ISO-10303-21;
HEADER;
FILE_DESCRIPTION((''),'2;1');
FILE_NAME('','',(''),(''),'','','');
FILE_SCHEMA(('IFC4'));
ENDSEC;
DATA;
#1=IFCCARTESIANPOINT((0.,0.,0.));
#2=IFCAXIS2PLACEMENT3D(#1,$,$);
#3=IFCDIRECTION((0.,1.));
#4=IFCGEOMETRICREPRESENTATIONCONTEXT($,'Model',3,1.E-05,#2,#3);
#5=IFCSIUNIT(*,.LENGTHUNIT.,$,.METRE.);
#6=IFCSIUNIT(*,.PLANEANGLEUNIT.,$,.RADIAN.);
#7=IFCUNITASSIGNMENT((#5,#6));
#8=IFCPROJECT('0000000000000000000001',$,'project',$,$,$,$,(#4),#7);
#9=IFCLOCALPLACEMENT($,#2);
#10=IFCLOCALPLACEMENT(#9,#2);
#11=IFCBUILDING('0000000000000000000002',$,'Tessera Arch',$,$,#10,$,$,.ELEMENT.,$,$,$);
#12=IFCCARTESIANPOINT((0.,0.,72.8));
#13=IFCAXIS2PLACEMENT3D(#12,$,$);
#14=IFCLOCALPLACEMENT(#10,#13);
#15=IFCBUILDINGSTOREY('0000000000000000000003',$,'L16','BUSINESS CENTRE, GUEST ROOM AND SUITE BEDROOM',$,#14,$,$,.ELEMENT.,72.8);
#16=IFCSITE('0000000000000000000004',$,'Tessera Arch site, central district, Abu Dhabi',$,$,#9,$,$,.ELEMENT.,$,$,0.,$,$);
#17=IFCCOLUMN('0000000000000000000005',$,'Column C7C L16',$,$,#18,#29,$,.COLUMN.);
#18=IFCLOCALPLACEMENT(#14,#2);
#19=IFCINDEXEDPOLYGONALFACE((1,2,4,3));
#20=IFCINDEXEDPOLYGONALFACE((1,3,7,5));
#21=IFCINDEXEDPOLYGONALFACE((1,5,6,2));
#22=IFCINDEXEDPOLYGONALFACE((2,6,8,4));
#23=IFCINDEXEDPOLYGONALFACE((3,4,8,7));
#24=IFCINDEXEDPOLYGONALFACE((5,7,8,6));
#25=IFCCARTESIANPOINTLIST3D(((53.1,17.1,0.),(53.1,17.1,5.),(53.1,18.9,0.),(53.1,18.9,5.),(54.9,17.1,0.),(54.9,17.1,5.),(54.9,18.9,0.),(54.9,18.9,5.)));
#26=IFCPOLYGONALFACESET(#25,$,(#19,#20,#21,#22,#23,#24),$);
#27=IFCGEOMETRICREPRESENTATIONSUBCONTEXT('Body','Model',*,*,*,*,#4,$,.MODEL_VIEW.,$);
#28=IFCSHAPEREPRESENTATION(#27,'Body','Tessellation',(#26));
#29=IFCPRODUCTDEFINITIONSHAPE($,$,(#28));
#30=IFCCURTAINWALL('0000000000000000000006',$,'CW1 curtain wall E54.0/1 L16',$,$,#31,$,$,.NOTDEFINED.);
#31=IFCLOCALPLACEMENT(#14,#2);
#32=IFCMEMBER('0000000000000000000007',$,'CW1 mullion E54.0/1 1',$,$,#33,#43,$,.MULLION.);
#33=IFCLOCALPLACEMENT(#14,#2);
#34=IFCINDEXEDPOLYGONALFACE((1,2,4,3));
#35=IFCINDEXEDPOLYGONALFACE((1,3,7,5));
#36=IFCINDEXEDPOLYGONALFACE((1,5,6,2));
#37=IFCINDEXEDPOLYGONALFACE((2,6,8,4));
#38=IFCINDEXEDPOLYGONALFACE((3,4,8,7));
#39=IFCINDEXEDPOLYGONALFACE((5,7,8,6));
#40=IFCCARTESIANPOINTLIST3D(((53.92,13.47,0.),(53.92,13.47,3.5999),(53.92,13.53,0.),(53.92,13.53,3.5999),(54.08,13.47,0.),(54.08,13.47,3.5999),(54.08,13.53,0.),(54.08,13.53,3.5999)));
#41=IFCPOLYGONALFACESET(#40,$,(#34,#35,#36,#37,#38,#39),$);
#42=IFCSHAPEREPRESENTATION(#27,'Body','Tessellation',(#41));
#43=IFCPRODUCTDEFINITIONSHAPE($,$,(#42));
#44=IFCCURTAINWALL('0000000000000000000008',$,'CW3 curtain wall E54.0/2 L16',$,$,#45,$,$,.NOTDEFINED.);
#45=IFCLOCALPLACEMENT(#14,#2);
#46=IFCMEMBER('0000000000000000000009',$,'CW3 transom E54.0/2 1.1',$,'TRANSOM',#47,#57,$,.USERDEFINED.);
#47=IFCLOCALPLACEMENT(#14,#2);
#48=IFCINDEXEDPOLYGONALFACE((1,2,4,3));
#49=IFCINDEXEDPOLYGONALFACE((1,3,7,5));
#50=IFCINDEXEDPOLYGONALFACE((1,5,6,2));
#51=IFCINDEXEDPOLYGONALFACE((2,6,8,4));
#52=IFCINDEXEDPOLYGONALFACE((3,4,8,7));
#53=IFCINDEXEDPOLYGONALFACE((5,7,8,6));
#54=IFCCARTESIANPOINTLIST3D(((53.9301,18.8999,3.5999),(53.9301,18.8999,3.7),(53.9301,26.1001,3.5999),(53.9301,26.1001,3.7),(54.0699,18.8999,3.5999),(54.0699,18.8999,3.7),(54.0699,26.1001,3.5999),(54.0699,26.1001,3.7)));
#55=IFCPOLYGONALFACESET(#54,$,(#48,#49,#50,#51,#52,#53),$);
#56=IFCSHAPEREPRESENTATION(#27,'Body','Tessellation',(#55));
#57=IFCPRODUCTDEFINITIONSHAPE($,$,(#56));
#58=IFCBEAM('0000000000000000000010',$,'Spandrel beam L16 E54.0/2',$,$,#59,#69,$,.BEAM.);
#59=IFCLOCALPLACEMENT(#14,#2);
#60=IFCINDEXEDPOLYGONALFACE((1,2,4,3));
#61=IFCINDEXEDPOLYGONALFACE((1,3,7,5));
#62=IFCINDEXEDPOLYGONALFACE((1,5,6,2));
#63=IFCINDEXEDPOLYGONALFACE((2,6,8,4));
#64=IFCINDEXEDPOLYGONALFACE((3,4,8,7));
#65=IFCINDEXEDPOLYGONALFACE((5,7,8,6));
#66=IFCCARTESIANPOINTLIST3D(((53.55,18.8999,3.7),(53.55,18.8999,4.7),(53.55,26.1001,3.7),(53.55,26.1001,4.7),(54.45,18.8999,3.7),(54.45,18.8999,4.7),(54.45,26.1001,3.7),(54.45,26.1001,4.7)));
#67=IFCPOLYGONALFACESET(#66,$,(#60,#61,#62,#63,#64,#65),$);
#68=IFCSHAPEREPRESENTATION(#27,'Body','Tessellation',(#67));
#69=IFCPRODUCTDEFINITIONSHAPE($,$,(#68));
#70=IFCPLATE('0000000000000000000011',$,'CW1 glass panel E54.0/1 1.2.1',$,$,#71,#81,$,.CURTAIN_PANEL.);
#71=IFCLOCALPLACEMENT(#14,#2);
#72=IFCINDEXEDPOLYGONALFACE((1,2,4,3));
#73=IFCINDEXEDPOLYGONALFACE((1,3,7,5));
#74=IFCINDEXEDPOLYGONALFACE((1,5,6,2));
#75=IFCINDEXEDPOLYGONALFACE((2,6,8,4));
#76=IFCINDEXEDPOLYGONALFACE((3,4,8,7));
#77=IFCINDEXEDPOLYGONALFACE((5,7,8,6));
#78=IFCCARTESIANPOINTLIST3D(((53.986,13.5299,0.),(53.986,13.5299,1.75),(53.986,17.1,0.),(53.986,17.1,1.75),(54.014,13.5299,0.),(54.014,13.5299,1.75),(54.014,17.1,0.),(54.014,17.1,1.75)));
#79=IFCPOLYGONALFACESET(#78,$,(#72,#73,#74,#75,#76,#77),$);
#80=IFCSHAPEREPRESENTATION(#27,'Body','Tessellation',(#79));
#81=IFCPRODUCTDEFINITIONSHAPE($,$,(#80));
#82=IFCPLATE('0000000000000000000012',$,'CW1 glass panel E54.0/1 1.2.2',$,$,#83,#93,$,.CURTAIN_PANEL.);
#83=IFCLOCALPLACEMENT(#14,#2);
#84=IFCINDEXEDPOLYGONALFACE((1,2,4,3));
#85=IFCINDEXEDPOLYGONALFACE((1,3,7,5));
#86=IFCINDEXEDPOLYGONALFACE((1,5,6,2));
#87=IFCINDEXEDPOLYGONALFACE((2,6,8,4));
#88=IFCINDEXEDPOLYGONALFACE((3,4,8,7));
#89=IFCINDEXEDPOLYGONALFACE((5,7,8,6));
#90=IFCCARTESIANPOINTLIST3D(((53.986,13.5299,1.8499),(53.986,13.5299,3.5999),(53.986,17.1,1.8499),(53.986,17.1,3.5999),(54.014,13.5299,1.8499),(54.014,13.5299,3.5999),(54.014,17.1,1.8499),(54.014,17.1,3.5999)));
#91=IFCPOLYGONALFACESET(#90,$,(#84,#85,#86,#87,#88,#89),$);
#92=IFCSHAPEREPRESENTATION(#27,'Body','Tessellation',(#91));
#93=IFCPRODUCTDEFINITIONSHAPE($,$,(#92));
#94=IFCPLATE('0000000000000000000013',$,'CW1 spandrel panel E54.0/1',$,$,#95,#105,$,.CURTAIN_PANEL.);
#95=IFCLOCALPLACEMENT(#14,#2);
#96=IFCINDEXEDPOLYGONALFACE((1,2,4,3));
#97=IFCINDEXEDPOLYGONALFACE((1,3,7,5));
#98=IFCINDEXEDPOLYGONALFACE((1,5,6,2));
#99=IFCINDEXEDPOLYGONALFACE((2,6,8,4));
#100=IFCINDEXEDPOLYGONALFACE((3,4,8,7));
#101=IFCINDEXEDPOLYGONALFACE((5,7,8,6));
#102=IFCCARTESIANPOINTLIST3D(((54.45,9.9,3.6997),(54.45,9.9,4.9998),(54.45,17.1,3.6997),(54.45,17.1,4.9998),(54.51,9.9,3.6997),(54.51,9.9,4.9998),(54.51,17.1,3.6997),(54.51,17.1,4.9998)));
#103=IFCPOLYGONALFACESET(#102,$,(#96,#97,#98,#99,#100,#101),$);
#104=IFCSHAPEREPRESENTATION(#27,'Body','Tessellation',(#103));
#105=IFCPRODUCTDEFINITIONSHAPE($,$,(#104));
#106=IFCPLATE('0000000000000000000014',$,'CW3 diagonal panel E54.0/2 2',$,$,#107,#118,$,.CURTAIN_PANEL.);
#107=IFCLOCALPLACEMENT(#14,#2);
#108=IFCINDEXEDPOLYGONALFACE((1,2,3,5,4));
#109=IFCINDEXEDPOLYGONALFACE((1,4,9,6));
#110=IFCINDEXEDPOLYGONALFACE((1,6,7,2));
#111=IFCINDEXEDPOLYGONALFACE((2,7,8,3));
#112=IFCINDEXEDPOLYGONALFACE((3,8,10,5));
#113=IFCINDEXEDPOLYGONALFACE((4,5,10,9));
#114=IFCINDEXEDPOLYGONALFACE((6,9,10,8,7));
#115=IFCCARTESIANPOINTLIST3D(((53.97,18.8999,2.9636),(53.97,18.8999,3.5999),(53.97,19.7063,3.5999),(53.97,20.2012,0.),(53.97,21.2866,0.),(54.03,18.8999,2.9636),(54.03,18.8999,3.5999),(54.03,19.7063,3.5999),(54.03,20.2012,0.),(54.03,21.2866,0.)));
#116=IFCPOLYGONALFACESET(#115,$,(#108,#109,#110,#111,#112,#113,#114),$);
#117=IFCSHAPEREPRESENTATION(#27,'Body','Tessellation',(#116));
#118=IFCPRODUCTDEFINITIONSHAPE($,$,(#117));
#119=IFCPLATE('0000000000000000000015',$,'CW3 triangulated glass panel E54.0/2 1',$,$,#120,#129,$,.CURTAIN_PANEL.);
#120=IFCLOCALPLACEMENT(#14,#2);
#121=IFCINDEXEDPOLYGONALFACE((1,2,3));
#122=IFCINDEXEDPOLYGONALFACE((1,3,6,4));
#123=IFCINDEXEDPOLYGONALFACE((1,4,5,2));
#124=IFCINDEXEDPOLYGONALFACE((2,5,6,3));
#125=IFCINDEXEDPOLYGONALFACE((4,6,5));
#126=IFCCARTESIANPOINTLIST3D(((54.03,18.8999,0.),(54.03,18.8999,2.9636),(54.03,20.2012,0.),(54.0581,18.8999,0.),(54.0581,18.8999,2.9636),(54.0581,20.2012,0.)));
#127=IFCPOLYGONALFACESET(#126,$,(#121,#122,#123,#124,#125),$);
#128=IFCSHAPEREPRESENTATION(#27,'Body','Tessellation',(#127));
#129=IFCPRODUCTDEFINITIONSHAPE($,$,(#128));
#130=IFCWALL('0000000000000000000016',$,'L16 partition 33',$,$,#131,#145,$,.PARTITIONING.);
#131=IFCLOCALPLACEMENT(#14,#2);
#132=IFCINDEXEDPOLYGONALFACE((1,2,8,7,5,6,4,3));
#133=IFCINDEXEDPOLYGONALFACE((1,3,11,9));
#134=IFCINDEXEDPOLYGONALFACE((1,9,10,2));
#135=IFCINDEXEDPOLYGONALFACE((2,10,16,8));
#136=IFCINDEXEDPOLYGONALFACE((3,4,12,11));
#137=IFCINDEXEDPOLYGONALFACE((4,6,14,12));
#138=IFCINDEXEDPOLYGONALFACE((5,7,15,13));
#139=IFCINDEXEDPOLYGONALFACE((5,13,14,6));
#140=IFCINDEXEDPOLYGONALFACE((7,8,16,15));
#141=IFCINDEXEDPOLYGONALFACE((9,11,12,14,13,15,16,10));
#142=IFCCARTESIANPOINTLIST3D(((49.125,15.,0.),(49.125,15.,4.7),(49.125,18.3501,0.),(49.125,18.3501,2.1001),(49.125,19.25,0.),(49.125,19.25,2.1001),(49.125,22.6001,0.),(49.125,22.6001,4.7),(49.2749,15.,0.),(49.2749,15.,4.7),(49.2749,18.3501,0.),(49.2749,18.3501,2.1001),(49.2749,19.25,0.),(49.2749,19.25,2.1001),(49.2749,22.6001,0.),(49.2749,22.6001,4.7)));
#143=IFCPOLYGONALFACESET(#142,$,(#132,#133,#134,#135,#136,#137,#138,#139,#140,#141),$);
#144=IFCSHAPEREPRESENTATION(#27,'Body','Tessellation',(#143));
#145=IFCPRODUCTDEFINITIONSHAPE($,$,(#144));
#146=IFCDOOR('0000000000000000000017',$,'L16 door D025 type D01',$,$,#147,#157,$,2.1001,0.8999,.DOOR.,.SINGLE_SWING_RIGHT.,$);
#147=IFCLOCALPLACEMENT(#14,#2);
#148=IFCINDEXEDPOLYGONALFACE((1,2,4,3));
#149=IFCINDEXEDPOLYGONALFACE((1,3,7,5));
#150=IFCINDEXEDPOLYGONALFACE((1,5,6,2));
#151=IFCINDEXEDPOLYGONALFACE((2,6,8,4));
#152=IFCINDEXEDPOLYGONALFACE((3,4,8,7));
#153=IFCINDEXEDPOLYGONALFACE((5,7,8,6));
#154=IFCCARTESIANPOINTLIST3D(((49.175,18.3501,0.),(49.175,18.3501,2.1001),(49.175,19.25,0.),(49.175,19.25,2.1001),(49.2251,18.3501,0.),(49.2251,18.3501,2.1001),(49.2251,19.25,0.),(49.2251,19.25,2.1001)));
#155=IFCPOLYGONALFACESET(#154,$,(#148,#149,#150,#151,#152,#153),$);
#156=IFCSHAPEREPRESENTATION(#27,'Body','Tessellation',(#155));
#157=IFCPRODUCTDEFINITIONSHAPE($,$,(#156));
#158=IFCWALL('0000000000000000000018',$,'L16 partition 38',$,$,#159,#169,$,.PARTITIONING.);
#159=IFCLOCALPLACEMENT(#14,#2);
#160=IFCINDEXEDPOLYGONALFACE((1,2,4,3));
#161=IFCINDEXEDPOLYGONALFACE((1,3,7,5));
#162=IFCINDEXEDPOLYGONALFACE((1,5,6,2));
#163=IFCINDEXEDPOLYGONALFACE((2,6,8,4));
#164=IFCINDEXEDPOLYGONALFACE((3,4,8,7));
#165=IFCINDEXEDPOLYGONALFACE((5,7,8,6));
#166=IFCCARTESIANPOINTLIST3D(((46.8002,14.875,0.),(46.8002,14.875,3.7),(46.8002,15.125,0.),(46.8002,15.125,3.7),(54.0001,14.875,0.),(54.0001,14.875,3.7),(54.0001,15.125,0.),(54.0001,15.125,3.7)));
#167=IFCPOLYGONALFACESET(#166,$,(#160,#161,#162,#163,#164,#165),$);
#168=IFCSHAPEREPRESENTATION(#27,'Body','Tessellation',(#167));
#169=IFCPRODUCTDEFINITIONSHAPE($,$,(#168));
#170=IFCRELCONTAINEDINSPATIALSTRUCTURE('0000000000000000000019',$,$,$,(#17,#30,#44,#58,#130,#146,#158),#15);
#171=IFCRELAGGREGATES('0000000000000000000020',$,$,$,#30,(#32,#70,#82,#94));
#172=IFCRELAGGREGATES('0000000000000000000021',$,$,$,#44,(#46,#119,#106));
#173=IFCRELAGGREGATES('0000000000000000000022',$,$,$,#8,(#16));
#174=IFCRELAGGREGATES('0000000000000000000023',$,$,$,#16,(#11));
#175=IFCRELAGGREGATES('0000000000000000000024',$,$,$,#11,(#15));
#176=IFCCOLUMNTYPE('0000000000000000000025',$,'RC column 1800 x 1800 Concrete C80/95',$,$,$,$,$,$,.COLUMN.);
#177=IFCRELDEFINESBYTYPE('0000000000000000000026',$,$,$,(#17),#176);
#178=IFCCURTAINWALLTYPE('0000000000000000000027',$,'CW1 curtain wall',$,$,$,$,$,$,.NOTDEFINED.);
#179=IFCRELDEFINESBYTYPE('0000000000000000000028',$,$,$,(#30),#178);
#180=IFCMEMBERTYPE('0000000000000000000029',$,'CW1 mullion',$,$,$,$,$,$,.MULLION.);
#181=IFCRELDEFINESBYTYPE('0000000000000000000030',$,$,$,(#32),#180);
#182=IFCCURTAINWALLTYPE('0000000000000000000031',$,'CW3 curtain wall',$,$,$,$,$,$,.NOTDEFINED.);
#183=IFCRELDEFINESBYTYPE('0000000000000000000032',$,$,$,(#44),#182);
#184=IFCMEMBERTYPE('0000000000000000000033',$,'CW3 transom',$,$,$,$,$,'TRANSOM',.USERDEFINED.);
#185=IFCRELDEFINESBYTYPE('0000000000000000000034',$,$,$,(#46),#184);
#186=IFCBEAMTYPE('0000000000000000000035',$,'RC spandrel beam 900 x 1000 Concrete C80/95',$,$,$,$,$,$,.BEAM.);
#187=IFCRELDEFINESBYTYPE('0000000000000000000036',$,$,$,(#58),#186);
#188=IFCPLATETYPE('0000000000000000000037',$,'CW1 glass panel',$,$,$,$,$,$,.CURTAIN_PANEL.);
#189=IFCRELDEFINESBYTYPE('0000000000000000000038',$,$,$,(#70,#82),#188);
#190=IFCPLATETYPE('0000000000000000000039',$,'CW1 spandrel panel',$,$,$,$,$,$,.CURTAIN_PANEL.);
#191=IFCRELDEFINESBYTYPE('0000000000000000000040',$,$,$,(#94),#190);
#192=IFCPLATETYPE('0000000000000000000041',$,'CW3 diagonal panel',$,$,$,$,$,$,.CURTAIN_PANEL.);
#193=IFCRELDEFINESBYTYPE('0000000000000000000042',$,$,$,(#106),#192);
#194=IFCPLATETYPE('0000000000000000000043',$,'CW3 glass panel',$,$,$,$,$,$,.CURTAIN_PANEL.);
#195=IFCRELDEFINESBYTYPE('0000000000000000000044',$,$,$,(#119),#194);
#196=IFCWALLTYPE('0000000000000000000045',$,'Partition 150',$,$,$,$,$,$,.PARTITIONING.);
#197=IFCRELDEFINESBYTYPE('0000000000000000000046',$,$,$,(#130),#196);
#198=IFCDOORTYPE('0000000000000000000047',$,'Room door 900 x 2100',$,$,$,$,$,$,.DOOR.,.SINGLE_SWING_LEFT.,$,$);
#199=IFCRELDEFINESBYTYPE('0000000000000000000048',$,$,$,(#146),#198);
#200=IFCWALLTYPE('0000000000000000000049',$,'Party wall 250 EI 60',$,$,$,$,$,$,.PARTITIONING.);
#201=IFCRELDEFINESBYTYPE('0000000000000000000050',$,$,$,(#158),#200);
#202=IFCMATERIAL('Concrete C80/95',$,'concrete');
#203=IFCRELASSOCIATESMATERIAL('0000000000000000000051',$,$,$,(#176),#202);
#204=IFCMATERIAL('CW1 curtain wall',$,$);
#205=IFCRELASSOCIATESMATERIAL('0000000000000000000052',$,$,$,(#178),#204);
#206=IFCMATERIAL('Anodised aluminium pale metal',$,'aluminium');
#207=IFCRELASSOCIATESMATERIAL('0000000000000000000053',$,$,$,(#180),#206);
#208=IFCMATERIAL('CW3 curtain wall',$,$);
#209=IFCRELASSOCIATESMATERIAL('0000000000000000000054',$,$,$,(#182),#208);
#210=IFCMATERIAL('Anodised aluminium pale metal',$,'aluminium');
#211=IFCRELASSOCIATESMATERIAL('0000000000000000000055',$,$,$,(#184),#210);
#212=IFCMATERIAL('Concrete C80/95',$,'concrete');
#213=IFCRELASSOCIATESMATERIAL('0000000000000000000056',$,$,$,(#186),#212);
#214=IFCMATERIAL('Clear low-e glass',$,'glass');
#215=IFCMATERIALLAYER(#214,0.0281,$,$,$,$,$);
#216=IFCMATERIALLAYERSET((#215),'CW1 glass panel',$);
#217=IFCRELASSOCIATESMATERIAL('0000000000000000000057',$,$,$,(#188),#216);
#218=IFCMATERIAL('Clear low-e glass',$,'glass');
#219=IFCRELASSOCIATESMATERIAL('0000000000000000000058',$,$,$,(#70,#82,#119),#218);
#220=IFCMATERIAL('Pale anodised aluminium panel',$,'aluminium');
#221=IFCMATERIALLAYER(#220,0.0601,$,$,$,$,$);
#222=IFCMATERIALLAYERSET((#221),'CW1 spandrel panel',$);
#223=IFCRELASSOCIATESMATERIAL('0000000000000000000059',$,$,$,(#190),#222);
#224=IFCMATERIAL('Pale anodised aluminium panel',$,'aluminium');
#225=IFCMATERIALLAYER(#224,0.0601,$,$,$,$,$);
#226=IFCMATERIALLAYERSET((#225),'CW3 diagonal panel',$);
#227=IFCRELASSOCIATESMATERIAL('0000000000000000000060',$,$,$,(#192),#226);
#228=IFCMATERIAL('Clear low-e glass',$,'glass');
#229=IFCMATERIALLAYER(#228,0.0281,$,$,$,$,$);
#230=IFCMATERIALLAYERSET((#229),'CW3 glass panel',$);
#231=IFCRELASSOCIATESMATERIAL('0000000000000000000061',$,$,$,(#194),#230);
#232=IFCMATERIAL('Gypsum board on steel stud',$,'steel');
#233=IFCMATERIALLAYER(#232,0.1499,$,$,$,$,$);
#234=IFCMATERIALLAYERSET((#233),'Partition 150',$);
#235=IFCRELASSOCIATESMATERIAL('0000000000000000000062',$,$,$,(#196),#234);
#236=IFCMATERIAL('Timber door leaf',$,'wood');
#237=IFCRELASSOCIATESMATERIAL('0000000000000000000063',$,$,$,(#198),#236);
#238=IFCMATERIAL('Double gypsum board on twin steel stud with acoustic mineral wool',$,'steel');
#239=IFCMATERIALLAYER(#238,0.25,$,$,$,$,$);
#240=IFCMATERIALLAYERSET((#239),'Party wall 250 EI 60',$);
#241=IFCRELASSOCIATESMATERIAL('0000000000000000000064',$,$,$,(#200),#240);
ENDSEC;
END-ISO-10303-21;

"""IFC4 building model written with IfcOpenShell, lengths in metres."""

from ifc_helpers import new_model, si_unit, direction, frame, frame_2d, origin, origin_2d, place, context, subcontext, project, spatial, polyline, rectangle, outline, extrude, material, layer, layer_set, material_profile, profile_set, type_object, element, fill, aggregate, save


model = new_model("IFC4")

# Units and contexts
model_context = context("Model", 3, precision=1e-05, world=origin(), true_north=direction((0.0, 1.0)))
body_context = subcontext(model_context, "Body", "Model", "MODEL_VIEW")
ifc_project = project(units=[si_unit("LENGTHUNIT", "METRE"), si_unit("PLANEANGLEUNIT", "RADIAN")], contexts=[model_context])

# Site, building, storey
site_placement = place(None, origin())
site = spatial("IfcSite", under=ifc_project, at=site_placement, Name="Tessera Arch site, central district, Abu Dhabi", CompositionType="ELEMENT", RefElevation=0.0)
building_placement = place(site_placement, origin())
building = spatial("IfcBuilding", under=site, at=building_placement, Name="Tessera Arch", CompositionType="ELEMENT")
storey_placement = place(building_placement, frame((0.0, 0.0, 72.8)))
storey = spatial("IfcBuildingStorey", under=building, at=storey_placement, Name="L16", Description="BUSINESS CENTRE, GUEST ROOM AND SUITE BEDROOM", CompositionType="ELEMENT", Elevation=72.8)

# Column
ifc_material_1 = material(Name="Concrete C80/95", Category="concrete")
ifc_material_profile_1 = material_profile(ifc_material_1, rectangle(XDim=1.8, YDim=1.8, at=origin_2d()), Name="RC column 1800 x 1800 Concrete C80/95")
ifc_profile_set_1 = profile_set([ifc_material_profile_1], Name="Concrete C80/95")
column_type = type_object("IfcColumnType", Name="RC column 1800 x 1800 Concrete C80/95", PredefinedType="COLUMN", material=ifc_profile_set_1)
column_placement = place(storey_placement, frame((54.0, 18.0, 0.0), z_axis=(0.0, 0.0, 1.0), x_axis=(1.0, 0.0, 0.0)))
element("IfcColumn", 1, at=column_placement, inside=storey, type_object=column_type, Name="Column C7C L16", PredefinedType="COLUMN", context=body_context, shape_type="SweptSolid", body=[
    extrude(rectangle(XDim=1.8, YDim=1.8, at=origin_2d()), origin(), (0.0, 0.0, 1.0), 5.0),
])

# Curtain walls, members
ifc_material_2 = material(Name="CW1 curtain wall")
curtain_wall_type_1 = type_object("IfcCurtainWallType", Name="CW1 curtain wall", PredefinedType="NOTDEFINED", material=ifc_material_2)
curtain_wall_1_placement = place(storey_placement, origin())
curtain_wall_1 = element("IfcCurtainWall", 2, at=curtain_wall_1_placement, inside=storey, type_object=curtain_wall_type_1, Name="CW1 curtain wall E54.0/1 L16", PredefinedType="NOTDEFINED")
ifc_material_3 = material(Name="Anodised aluminium pale metal", Category="aluminium")
ifc_material_profile_2 = material_profile(ifc_material_3, rectangle(XDim=0.1599, YDim=0.0601, at=origin_2d()), Name="AL 60x160")
ifc_profile_set_2 = profile_set([ifc_material_profile_2], Name="Anodised aluminium pale metal")
member_type_1 = type_object("IfcMemberType", Name="CW1 mullion", PredefinedType="MULLION", material=ifc_profile_set_2)
member_1_placement = place(storey_placement, frame((54.0, 13.5, 0.0), z_axis=(0.0, 0.0, 1.0), x_axis=(-1.0, 0.0, 0.0)))
member_1 = element("IfcMember", 3, at=member_1_placement, type_object=member_type_1, Name="CW1 mullion E54.0/1 1", PredefinedType="MULLION", context=body_context, shape_type="SweptSolid", body=[
    extrude(rectangle(XDim=0.1599, YDim=0.0601, at=origin_2d()), origin(), (0.0, 0.0, 1.0), 3.5999),
])
ifc_material_4 = material(Name="CW3 curtain wall")
curtain_wall_type_2 = type_object("IfcCurtainWallType", Name="CW3 curtain wall", PredefinedType="NOTDEFINED", material=ifc_material_4)
curtain_wall_2_placement = place(storey_placement, origin())
curtain_wall_2 = element("IfcCurtainWall", 4, at=curtain_wall_2_placement, inside=storey, type_object=curtain_wall_type_2, Name="CW3 curtain wall E54.0/2 L16", PredefinedType="NOTDEFINED")
ifc_material_5 = material(Name="Anodised aluminium pale metal", Category="aluminium")
ifc_material_profile_3 = material_profile(ifc_material_5, rectangle(XDim=0.1399, YDim=0.1001, at=origin_2d()), Name="AL 140x100")
ifc_profile_set_3 = profile_set([ifc_material_profile_3], Name="Anodised aluminium pale metal")
member_type_2 = type_object("IfcMemberType", Name="CW3 transom", ElementType="TRANSOM", PredefinedType="USERDEFINED", material=ifc_profile_set_3)
member_2_placement = place(storey_placement, frame((54.0, 18.8999, 3.6499), z_axis=(0.0, 1.0, 0.0), x_axis=(-1.0, 0.0, 0.0)))
member_2 = element("IfcMember", 5, at=member_2_placement, type_object=member_type_2, Name="CW3 transom E54.0/2 1.1", ObjectType="TRANSOM", PredefinedType="USERDEFINED", context=body_context, shape_type="SweptSolid", body=[
    extrude(rectangle(XDim=0.1399, YDim=0.1001, at=origin_2d()), origin(), (0.0, 0.0, 1.0), 7.2002),
])

# Beam
ifc_material_6 = material(Name="Concrete C80/95", Category="concrete")
ifc_material_profile_4 = material_profile(ifc_material_6, rectangle(XDim=0.8999, YDim=1.0, at=origin_2d()), Name="RC spandrel beam 900 x 1000 Concrete C80/95")
ifc_profile_set_4 = profile_set([ifc_material_profile_4], Name="Concrete C80/95")
beam_type = type_object("IfcBeamType", Name="RC spandrel beam 900 x 1000 Concrete C80/95", PredefinedType="BEAM", material=ifc_profile_set_4)
beam_placement = place(storey_placement, frame((54.0, 18.8999, 4.2), z_axis=(0.0, 1.0, 0.0), x_axis=(-1.0, 0.0, 0.0)))
element("IfcBeam", 6, at=beam_placement, inside=storey, type_object=beam_type, Name="Spandrel beam L16 E54.0/2", PredefinedType="BEAM", context=body_context, shape_type="SweptSolid", body=[
    extrude(rectangle(XDim=0.8999, YDim=1.0, at=origin_2d()), origin(), (0.0, 0.0, 1.0), 7.2002),
])

# Plates
ifc_material_7 = material(Name="Clear low-e glass", Category="glass")
ifc_material_8 = material(Name="Clear low-e glass", Category="glass")
ifc_layer_1 = layer(ifc_material_8, 0.0281)
ifc_layer_set_1 = layer_set([ifc_layer_1], Name="CW1 glass panel")
plate_type_1 = type_object("IfcPlateType", Name="CW1 glass panel", PredefinedType="CURTAIN_PANEL", material=ifc_layer_set_1)
plate_1_placement = place(storey_placement, frame((54.0, 15.3149, 0.0), z_axis=(0.0, 0.0, 1.0), x_axis=(0.0, 1.0, 0.0)))
plate_1 = element("IfcPlate", 7, at=plate_1_placement, type_object=plate_type_1, material=ifc_material_7, Name="CW1 glass panel E54.0/1 1.2.1", PredefinedType="CURTAIN_PANEL", context=body_context, shape_type="SweptSolid", body=[
    extrude(rectangle(XDim=3.5701, YDim=0.0281, at=origin_2d()), origin(), (0.0, 0.0, 1.0), 1.75),
])
plate_2_placement = place(storey_placement, frame((54.0, 15.3149, 1.8499), z_axis=(0.0, 0.0, 1.0), x_axis=(0.0, 1.0, 0.0)))
plate_2 = element("IfcPlate", 8, at=plate_2_placement, type_object=plate_type_1, material=ifc_material_7, Name="CW1 glass panel E54.0/1 1.2.2", PredefinedType="CURTAIN_PANEL", context=body_context, shape_type="SweptSolid", body=[
    extrude(rectangle(XDim=3.5701, YDim=0.0281, at=origin_2d()), origin(), (0.0, 0.0, 1.0), 1.75),
])
ifc_material_9 = material(Name="Pale anodised aluminium panel", Category="aluminium")
ifc_layer_2 = layer(ifc_material_9, 0.0601)
ifc_layer_set_2 = layer_set([ifc_layer_2], Name="CW1 spandrel panel")
plate_type_2 = type_object("IfcPlateType", Name="CW1 spandrel panel", PredefinedType="CURTAIN_PANEL", material=ifc_layer_set_2)
plate_3_placement = place(storey_placement, frame((54.48, 13.5, 3.6997), z_axis=(0.0, 0.0, 1.0), x_axis=(0.0, 1.0, 0.0)))
plate_3 = element("IfcPlate", 9, at=plate_3_placement, type_object=plate_type_2, Name="CW1 spandrel panel E54.0/1", PredefinedType="CURTAIN_PANEL", context=body_context, shape_type="SweptSolid", body=[
    extrude(rectangle(XDim=7.2, YDim=0.0601, at=origin_2d()), origin(), (0.0, 0.0, 1.0), 1.3),
])
aggregate(curtain_wall_1, [member_1, plate_1, plate_2, plate_3])
ifc_material_10 = material(Name="Pale anodised aluminium panel", Category="aluminium")
ifc_layer_3 = layer(ifc_material_10, 0.0601)
ifc_layer_set_3 = layer_set([ifc_layer_3], Name="CW3 diagonal panel")
plate_type_3 = type_object("IfcPlateType", Name="CW3 diagonal panel", PredefinedType="CURTAIN_PANEL", material=ifc_layer_set_3)
plate_4_placement = place(storey_placement, frame((54.03, 18.8999, 3.5999), z_axis=(1.0, 0.0, 0.0), x_axis=(0.0, 0.0, -1.0)))
plate_4 = element("IfcPlate", 10, at=plate_4_placement, type_object=plate_type_3, Name="CW3 diagonal panel E54.0/2 2", PredefinedType="CURTAIN_PANEL", context=body_context, shape_type="SweptSolid", body=[
    extrude(outline(polyline([(0.0, 0.0), (0.6362, 0.0), (3.5999, 1.3013), (3.5999, 2.3867), (0.0, 0.8064), (0.0, 0.0)])), origin(), (0.0, 0.0, -1.0), 0.0601),
])
ifc_material_11 = material(Name="Clear low-e glass", Category="glass")
ifc_layer_4 = layer(ifc_material_11, 0.0281)
ifc_layer_set_4 = layer_set([ifc_layer_4], Name="CW3 glass panel")
plate_type_4 = type_object("IfcPlateType", Name="CW3 glass panel", PredefinedType="CURTAIN_PANEL", material=ifc_layer_set_4)
plate_5_placement = place(storey_placement, frame((54.0581, 18.8999, 0.0), z_axis=(1.0, 0.0, 0.0), x_axis=(0.0, 1.0, 0.0)))
plate_5 = element("IfcPlate", 11, at=plate_5_placement, type_object=plate_type_4, material=ifc_material_7, Name="CW3 triangulated glass panel E54.0/2 1", PredefinedType="CURTAIN_PANEL", context=body_context, shape_type="SweptSolid", body=[
    extrude(outline(polyline([(0.0, 0.0), (1.3013, 0.0), (0.0, 2.9636), (0.0, 0.0)])), origin(), (0.0, 0.0, -1.0), 0.0281),
])
aggregate(curtain_wall_2, [member_2, plate_5, plate_4])

# Wall, opening, door
ifc_material_12 = material(Name="Gypsum board on steel stud", Category="steel")
ifc_layer_5 = layer(ifc_material_12, 0.1499)
ifc_layer_set_5 = layer_set([ifc_layer_5], Name="Partition 150")
wall_type_1 = type_object("IfcWallType", Name="Partition 150", PredefinedType="PARTITIONING", material=ifc_layer_set_5)
wall_1_placement = place(storey_placement, frame((49.2, 15.0, 0.0), z_axis=(0.0, 0.0, 1.0), x_axis=(0.0, 1.0, 0.0)))
wall_1 = element("IfcWall", 12, at=wall_1_placement, inside=storey, type_object=wall_type_1, Name="L16 partition 33", PredefinedType="PARTITIONING", context=body_context, shape_type="SweptSolid", body=[
    extrude(rectangle(XDim=7.6001, YDim=0.1499, at=frame_2d((3.8, 0.0))), origin(), (0.0, 0.0, 1.0), 4.7),
])
opening_1_placement = place(wall_1_placement, frame((3.3501, 0.0, 0.0)))
opening_1 = element("IfcOpeningElement", 13, at=opening_1_placement, cuts=wall_1, PredefinedType="OPENING", context=body_context, shape_type="SweptSolid", body=[
    extrude(rectangle(XDim=0.8999, YDim=2.1001, at=frame_2d((0.45, 1.05))), frame((0.0, 0.085, 0.0), z_axis=(0.0, -1.0, 0.0), x_axis=(1.0, 0.0, 0.0)), (0.0, 0.0, 1.0), 0.1699),
])
ifc_material_13 = material(Name="Timber door leaf", Category="wood")
door_type_1 = type_object("IfcDoorType", Name="Room door 900 x 2100", OperationType="SINGLE_SWING_LEFT", PredefinedType="DOOR", material=ifc_material_13)
door_1_placement = place(opening_1_placement, origin())
door_1 = element("IfcDoor", 14, at=door_1_placement, inside=storey, type_object=door_type_1, Name="L16 door D025 type D01", OperationType="SINGLE_SWING_RIGHT", OverallHeight=2.1001, OverallWidth=0.8999, PredefinedType="DOOR", context=body_context, shape_type="SweptSolid", body=[
    extrude(rectangle(XDim=0.8999, YDim=2.1001, at=frame_2d((0.45, 1.05))), frame((0.0, 0.0249, 0.0), z_axis=(0.0, -1.0, 0.0), x_axis=(1.0, 0.0, 0.0)), (0.0, 0.0, 1.0), 0.05),
])
fill(opening_1, door_1)

# Wall
ifc_material_14 = material(Name="Double gypsum board on twin steel stud with acoustic mineral wool", Category="steel")
ifc_layer_6 = layer(ifc_material_14, 0.25)
ifc_layer_set_6 = layer_set([ifc_layer_6], Name="Party wall 250 EI 60")
wall_type_2 = type_object("IfcWallType", Name="Party wall 250 EI 60", PredefinedType="PARTITIONING", material=ifc_layer_set_6)
wall_2_placement = place(storey_placement, frame((46.8, 15.0, 0.0), z_axis=(0.0, 0.0, 1.0), x_axis=(1.0, 0.0, 0.0)))
element("IfcWall", 15, at=wall_2_placement, inside=storey, type_object=wall_type_2, Name="L16 partition 38", PredefinedType="PARTITIONING", context=body_context, shape_type="SweptSolid", body=[
    extrude(rectangle(XDim=7.2, YDim=0.25, at=frame_2d((3.6001, 0.0))), origin(), (0.0, 0.0, 1.0), 3.7),
])

save(model, "model.ifc")
